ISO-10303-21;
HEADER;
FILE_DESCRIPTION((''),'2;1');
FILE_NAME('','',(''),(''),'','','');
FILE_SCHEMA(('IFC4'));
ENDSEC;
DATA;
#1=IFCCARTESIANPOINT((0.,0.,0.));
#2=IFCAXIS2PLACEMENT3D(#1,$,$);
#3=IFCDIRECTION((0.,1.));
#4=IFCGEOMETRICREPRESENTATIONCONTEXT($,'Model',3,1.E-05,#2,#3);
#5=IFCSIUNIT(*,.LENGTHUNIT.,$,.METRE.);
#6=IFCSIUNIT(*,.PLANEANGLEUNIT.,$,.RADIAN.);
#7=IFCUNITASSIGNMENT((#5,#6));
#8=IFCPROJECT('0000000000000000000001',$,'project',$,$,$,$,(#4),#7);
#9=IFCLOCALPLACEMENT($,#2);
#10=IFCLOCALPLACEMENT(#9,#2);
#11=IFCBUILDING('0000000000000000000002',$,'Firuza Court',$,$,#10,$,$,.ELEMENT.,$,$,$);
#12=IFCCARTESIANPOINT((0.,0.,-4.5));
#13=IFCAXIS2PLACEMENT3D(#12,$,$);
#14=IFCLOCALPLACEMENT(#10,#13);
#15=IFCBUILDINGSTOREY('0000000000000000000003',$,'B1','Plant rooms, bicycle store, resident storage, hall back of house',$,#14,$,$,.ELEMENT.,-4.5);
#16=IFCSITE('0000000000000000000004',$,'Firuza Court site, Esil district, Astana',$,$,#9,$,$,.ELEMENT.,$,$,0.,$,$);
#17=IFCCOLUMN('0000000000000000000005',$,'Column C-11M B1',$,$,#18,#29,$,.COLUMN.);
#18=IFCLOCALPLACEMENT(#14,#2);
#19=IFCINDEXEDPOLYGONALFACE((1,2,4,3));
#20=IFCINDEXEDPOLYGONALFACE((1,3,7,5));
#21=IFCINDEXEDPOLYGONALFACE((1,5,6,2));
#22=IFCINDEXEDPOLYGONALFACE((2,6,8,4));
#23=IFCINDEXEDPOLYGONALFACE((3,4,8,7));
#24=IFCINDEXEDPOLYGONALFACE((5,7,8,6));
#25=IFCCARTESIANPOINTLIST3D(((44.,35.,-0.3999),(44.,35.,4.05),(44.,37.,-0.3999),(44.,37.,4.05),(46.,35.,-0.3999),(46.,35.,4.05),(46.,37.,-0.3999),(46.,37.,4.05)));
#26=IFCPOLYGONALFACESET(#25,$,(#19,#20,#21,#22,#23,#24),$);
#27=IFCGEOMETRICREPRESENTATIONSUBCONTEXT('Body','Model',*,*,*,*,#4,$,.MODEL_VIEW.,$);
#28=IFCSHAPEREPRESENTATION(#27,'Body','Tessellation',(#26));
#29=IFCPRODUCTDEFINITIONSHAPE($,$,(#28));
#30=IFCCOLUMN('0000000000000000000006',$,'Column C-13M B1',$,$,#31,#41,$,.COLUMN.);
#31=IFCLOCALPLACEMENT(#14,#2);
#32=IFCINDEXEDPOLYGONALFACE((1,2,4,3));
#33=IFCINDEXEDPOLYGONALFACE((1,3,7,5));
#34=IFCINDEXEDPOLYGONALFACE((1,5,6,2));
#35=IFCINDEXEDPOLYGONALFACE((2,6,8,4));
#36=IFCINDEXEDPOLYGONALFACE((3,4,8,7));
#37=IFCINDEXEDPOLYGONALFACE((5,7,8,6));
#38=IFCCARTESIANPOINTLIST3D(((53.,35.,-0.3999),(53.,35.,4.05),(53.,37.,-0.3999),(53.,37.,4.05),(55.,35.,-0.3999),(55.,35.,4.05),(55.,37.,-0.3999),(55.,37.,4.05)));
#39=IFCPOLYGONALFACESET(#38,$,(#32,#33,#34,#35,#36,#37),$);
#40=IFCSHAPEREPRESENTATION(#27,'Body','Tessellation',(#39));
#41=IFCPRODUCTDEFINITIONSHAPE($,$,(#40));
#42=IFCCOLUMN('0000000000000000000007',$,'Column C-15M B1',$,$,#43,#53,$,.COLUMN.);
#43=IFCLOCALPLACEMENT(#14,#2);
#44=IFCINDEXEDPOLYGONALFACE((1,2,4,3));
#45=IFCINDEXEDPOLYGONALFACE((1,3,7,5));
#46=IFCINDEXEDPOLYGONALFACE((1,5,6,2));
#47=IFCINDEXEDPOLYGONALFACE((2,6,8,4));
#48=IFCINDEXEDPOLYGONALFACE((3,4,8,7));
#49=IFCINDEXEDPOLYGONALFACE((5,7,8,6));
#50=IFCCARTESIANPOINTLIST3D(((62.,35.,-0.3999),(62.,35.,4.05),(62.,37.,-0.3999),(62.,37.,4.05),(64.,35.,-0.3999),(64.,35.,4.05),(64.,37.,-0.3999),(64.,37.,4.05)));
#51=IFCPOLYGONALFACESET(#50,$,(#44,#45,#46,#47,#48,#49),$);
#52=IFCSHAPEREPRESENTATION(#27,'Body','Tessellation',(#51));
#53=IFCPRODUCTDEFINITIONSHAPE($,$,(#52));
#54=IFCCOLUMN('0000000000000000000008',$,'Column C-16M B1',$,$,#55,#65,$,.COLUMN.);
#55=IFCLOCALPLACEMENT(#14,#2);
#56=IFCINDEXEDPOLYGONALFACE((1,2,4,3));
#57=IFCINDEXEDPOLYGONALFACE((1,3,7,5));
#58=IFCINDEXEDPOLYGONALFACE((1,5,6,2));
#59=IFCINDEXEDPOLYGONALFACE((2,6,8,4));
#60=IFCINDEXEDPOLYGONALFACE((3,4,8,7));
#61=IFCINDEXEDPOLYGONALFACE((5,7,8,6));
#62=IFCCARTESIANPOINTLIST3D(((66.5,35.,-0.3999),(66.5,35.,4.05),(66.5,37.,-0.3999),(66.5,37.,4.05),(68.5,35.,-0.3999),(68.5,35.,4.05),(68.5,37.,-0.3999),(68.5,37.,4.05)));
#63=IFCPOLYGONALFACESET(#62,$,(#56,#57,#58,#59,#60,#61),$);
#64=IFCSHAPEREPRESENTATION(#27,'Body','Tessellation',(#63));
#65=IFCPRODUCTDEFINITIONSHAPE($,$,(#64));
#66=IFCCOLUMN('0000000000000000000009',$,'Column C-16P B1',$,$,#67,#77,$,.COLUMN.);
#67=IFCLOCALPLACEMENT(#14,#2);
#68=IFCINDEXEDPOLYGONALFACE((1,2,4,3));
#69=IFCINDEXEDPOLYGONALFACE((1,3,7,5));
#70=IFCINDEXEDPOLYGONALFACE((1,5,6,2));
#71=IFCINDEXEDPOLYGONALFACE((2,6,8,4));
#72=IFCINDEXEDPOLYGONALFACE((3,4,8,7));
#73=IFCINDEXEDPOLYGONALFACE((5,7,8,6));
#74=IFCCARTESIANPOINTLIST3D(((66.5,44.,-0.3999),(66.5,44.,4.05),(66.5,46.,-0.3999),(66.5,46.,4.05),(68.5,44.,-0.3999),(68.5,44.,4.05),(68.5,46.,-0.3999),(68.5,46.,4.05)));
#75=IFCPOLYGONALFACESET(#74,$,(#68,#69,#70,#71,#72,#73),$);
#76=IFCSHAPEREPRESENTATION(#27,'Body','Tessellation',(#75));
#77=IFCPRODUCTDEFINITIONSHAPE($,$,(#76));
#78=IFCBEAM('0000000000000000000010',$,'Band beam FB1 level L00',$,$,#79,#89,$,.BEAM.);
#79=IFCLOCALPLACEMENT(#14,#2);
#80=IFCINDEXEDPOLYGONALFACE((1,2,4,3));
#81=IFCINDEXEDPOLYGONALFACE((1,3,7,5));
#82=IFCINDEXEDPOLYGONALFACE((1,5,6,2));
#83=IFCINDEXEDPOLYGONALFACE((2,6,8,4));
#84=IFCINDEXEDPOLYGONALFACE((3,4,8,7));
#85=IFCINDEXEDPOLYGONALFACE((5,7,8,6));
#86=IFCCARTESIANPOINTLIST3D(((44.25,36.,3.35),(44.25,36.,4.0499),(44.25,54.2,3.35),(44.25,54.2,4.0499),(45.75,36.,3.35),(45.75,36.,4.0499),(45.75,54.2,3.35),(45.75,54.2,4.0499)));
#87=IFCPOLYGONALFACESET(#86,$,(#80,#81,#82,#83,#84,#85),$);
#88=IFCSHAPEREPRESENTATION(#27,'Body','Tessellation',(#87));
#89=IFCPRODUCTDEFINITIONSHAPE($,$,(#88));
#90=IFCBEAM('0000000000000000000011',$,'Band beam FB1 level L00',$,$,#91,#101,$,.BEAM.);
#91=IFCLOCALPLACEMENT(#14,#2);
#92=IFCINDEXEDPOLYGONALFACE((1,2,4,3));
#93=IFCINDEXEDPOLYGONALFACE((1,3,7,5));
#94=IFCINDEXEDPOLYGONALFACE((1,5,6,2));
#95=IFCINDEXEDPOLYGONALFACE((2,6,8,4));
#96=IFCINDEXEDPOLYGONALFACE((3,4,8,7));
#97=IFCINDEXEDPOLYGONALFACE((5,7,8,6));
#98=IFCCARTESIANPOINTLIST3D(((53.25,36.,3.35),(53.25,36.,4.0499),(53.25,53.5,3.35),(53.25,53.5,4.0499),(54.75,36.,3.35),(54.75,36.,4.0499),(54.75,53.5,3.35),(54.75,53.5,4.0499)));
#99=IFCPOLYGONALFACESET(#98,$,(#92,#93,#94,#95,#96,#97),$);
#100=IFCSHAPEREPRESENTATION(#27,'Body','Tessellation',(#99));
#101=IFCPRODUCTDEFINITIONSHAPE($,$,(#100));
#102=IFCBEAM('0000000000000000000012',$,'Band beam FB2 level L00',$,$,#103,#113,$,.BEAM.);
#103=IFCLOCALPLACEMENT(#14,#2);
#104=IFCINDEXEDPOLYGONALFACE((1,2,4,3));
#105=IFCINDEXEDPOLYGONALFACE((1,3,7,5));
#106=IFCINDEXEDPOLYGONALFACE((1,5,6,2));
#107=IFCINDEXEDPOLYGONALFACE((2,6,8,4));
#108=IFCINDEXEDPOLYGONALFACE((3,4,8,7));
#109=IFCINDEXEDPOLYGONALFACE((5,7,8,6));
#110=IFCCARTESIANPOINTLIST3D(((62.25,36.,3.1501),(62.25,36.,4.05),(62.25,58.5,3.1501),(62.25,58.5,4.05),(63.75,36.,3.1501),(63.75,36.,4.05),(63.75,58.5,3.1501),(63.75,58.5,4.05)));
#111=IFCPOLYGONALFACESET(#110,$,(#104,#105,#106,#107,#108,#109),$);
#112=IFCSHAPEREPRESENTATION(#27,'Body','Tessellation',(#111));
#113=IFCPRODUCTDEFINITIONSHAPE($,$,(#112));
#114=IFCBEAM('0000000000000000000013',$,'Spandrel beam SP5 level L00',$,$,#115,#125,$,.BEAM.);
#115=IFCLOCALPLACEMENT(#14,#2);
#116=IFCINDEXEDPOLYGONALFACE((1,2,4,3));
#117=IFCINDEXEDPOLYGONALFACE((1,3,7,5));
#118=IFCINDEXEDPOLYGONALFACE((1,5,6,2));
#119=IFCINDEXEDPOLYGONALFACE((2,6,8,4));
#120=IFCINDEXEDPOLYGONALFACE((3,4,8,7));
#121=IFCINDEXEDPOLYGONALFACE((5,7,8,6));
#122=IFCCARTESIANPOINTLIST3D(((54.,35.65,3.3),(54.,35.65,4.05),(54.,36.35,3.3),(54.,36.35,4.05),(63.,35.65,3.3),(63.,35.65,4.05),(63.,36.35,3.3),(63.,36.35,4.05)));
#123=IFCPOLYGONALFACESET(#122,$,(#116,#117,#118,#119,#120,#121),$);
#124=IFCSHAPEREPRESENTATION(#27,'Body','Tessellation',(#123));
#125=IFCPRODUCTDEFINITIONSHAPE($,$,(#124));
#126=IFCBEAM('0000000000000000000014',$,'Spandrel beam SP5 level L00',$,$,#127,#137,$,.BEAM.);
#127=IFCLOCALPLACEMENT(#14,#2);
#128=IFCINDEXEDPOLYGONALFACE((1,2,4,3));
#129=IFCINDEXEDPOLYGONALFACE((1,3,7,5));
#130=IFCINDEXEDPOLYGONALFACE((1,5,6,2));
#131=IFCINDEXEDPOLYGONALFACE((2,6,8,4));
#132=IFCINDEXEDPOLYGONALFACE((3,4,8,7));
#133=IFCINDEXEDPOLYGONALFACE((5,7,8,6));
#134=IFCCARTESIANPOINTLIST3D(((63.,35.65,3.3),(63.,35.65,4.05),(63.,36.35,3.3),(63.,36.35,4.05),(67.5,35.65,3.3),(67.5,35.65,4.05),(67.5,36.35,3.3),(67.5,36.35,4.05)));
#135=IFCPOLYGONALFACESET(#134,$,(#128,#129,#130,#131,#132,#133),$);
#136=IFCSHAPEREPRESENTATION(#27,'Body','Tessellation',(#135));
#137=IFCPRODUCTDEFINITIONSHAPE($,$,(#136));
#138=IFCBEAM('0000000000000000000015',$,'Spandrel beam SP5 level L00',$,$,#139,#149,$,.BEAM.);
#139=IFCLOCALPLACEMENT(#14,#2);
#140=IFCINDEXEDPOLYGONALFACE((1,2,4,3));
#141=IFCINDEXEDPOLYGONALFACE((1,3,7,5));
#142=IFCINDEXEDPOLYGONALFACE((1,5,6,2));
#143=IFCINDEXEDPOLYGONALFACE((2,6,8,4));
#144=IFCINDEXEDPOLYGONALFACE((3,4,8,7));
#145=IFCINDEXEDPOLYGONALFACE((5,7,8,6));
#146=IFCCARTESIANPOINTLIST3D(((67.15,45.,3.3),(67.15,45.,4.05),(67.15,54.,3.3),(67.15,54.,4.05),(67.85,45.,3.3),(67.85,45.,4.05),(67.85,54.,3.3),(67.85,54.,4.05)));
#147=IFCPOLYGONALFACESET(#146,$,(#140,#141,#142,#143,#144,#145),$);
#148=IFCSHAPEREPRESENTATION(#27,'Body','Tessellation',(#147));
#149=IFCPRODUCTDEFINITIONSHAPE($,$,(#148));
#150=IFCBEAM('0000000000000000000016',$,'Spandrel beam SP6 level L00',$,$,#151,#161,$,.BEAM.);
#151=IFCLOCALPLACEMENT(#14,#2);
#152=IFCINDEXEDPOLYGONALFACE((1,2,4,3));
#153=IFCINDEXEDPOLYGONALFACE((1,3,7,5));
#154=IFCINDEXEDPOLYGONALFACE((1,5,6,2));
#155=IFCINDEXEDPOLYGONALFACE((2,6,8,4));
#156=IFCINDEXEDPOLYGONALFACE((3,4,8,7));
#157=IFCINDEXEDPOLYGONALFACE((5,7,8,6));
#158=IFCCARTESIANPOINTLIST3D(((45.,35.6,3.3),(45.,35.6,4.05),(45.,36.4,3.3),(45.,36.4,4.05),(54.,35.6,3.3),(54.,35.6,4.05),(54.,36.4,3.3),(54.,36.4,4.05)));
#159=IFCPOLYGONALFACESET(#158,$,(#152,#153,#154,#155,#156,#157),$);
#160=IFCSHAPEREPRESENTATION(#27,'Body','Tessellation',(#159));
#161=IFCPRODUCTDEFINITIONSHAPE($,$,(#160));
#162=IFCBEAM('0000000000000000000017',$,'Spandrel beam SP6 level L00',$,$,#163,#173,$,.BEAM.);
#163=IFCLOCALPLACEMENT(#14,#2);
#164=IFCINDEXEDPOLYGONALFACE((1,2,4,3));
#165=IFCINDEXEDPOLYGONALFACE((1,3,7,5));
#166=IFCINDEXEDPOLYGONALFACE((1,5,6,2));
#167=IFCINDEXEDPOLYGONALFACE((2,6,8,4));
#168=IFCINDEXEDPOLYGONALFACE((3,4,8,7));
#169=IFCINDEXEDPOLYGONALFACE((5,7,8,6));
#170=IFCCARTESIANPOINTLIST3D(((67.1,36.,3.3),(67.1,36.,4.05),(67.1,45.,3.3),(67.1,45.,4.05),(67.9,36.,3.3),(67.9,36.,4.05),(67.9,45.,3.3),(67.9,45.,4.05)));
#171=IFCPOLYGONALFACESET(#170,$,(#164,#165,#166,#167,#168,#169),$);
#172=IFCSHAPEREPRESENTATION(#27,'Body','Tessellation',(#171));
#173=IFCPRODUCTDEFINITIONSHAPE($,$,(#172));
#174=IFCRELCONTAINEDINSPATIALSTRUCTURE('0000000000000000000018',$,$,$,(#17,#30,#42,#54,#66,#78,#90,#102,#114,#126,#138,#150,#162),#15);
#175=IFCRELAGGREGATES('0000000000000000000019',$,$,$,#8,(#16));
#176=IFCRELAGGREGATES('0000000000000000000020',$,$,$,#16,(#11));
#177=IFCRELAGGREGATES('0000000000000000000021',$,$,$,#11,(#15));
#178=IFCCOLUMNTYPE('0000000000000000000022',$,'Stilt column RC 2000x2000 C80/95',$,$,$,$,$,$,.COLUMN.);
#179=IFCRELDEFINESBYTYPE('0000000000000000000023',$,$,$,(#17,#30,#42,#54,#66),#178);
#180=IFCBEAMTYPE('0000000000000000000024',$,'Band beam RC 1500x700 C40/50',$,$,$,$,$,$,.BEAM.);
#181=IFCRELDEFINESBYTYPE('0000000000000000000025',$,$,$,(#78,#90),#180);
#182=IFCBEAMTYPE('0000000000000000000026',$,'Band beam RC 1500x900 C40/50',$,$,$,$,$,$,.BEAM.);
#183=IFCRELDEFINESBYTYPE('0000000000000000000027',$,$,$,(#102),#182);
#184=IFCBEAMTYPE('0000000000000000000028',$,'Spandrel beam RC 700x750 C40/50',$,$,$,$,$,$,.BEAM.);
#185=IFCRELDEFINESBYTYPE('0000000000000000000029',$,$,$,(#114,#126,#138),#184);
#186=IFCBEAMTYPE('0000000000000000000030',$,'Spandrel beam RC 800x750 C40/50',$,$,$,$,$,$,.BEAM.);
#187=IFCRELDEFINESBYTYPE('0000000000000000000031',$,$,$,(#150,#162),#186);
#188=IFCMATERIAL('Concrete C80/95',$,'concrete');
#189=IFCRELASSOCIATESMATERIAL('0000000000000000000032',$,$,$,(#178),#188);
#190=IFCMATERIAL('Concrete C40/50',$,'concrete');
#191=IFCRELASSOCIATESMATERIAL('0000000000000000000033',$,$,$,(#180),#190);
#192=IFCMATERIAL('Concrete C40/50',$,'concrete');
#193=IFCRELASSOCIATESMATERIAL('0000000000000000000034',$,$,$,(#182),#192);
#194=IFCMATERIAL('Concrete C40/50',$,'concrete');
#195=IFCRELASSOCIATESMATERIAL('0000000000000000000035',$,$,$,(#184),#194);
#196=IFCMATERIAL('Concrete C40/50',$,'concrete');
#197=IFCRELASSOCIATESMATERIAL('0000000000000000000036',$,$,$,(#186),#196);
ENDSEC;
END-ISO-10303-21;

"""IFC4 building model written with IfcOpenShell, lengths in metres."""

from ifc_helpers import new_model, si_unit, direction, frame, origin, origin_2d, place, context, subcontext, project, spatial, rectangle, extrude, material, material_profile, profile_set, type_object, element, save


model = new_model("IFC4")

# Units and contexts
model_context = context("Model", 3, precision=1e-05, world=origin(), true_north=direction((0.0, 1.0)))
body_context = subcontext(model_context, "Body", "Model", "MODEL_VIEW")
ifc_project = project(units=[si_unit("LENGTHUNIT", "METRE"), si_unit("PLANEANGLEUNIT", "RADIAN")], contexts=[model_context])

# Site, building, storey
site_placement = place(None, origin())
site = spatial("IfcSite", under=ifc_project, at=site_placement, Name="Firuza Court site, Esil district, Astana", CompositionType="ELEMENT", RefElevation=0.0)
building_placement = place(site_placement, origin())
building = spatial("IfcBuilding", under=site, at=building_placement, Name="Firuza Court", CompositionType="ELEMENT")
storey_placement = place(building_placement, frame((0.0, 0.0, -4.5)))
storey = spatial("IfcBuildingStorey", under=building, at=storey_placement, Name="B1", Description="Plant rooms, bicycle store, resident storage, hall back of house", CompositionType="ELEMENT", Elevation=-4.5)

# Columns
ifc_material_1 = material(Name="Concrete C80/95", Category="concrete")
ifc_material_profile_1 = material_profile(ifc_material_1, rectangle(XDim=2.0, YDim=2.0, at=origin_2d()), Name="RC 2000x2000")
ifc_profile_set_1 = profile_set([ifc_material_profile_1], Name="Concrete C80/95")
column_type = type_object("IfcColumnType", Name="Stilt column RC 2000x2000 C80/95", PredefinedType="COLUMN", material=ifc_profile_set_1)
for number, where, z_axis, x_axis, name in (
    (1, (45.0, 36.0, -0.3999), (0.0, 0.0, 1.0), (1.0, 0.0, 0.0), "Column C-11M B1"),
    (2, (54.0, 36.0, -0.3999), (0.0, 0.0, 1.0), (1.0, 0.0, 0.0), "Column C-13M B1"),
    (3, (63.0, 36.0, -0.3999), (0.0, 0.0, 1.0), (1.0, 0.0, 0.0), "Column C-15M B1"),
    (4, (67.5, 36.0, -0.3999), (0.0, 0.0, 1.0), (1.0, 0.0, 0.0), "Column C-16M B1"),
    (5, (67.5, 45.0, -0.3999), (0.0, 0.0, 1.0), (1.0, 0.0, 0.0), "Column C-16P B1"),
):
    element("IfcColumn", number, at=place(storey_placement, frame(where, z_axis=z_axis, x_axis=x_axis)), inside=storey, type_object=column_type, Name=name, PredefinedType="COLUMN", context=body_context, shape_type="SweptSolid", body=[
        extrude(rectangle(XDim=2.0, YDim=2.0, at=origin_2d()), origin(), (0.0, 0.0, 1.0), 4.45),
    ])

# Beams
ifc_material_2 = material(Name="Concrete C40/50", Category="concrete")
ifc_material_profile_2 = material_profile(ifc_material_2, rectangle(XDim=1.5, YDim=0.7, at=origin_2d()), Name="RC 1500x700")
ifc_profile_set_2 = profile_set([ifc_material_profile_2], Name="Concrete C40/50")
beam_type_1 = type_object("IfcBeamType", Name="Band beam RC 1500x700 C40/50", PredefinedType="BEAM", material=ifc_profile_set_2)
beam_1_placement = place(storey_placement, frame((45.0, 36.0, 3.7), z_axis=(0.0, 1.0, 0.0), x_axis=(-1.0, 0.0, 0.0)))
element("IfcBeam", 6, at=beam_1_placement, inside=storey, type_object=beam_type_1, Name="Band beam FB1 level L00", PredefinedType="BEAM", context=body_context, shape_type="SweptSolid", body=[
    extrude(rectangle(XDim=1.5, YDim=0.7, at=origin_2d()), origin(), (0.0, 0.0, 1.0), 18.2),
])
beam_2_placement = place(storey_placement, frame((54.0, 36.0, 3.7), z_axis=(0.0, 1.0, 0.0), x_axis=(-1.0, 0.0, 0.0)))
element("IfcBeam", 7, at=beam_2_placement, inside=storey, type_object=beam_type_1, Name="Band beam FB1 level L00", PredefinedType="BEAM", context=body_context, shape_type="SweptSolid", body=[
    extrude(rectangle(XDim=1.5, YDim=0.7, at=origin_2d()), origin(), (0.0, 0.0, 1.0), 17.5),
])
ifc_material_3 = material(Name="Concrete C40/50", Category="concrete")
ifc_material_profile_3 = material_profile(ifc_material_3, rectangle(XDim=1.5, YDim=0.8999, at=origin_2d()), Name="RC 1500x900")
ifc_profile_set_3 = profile_set([ifc_material_profile_3], Name="Concrete C40/50")
beam_type_2 = type_object("IfcBeamType", Name="Band beam RC 1500x900 C40/50", PredefinedType="BEAM", material=ifc_profile_set_3)
beam_3_placement = place(storey_placement, frame((63.0, 36.0, 3.6001), z_axis=(0.0, 1.0, 0.0), x_axis=(-1.0, 0.0, 0.0)))
element("IfcBeam", 8, at=beam_3_placement, inside=storey, type_object=beam_type_2, Name="Band beam FB2 level L00", PredefinedType="BEAM", context=body_context, shape_type="SweptSolid", body=[
    extrude(rectangle(XDim=1.5, YDim=0.8999, at=origin_2d()), origin(), (0.0, 0.0, 1.0), 22.5),
])
ifc_material_4 = material(Name="Concrete C40/50", Category="concrete")
ifc_material_profile_4 = material_profile(ifc_material_4, rectangle(XDim=0.7, YDim=0.75, at=origin_2d()), Name="RC 700x750")
ifc_profile_set_4 = profile_set([ifc_material_profile_4], Name="Concrete C40/50")
beam_type_3 = type_object("IfcBeamType", Name="Spandrel beam RC 700x750 C40/50", PredefinedType="BEAM", material=ifc_profile_set_4)
beam_4_placement = place(storey_placement, frame((54.0, 36.0, 3.675), z_axis=(1.0, 0.0, 0.0), x_axis=(0.0, 1.0, 0.0)))
element("IfcBeam", 9, at=beam_4_placement, inside=storey, type_object=beam_type_3, Name="Spandrel beam SP5 level L00", PredefinedType="BEAM", context=body_context, shape_type="SweptSolid", body=[
    extrude(rectangle(XDim=0.7, YDim=0.75, at=origin_2d()), origin(), (0.0, 0.0, 1.0), 9.0),
])
beam_5_placement = place(storey_placement, frame((63.0, 36.0, 3.675), z_axis=(1.0, 0.0, 0.0), x_axis=(0.0, 1.0, 0.0)))
element("IfcBeam", 10, at=beam_5_placement, inside=storey, type_object=beam_type_3, Name="Spandrel beam SP5 level L00", PredefinedType="BEAM", context=body_context, shape_type="SweptSolid", body=[
    extrude(rectangle(XDim=0.7, YDim=0.75, at=origin_2d()), origin(), (0.0, 0.0, 1.0), 4.5),
])
beam_6_placement = place(storey_placement, frame((67.5, 45.0, 3.675), z_axis=(0.0, 1.0, 0.0), x_axis=(-1.0, 0.0, 0.0)))
element("IfcBeam", 11, at=beam_6_placement, inside=storey, type_object=beam_type_3, Name="Spandrel beam SP5 level L00", PredefinedType="BEAM", context=body_context, shape_type="SweptSolid", body=[
    extrude(rectangle(XDim=0.7, YDim=0.75, at=origin_2d()), origin(), (0.0, 0.0, 1.0), 9.0),
])
ifc_material_5 = material(Name="Concrete C40/50", Category="concrete")
ifc_material_profile_5 = material_profile(ifc_material_5, rectangle(XDim=0.8, YDim=0.75, at=origin_2d()), Name="RC 800x750")
ifc_profile_set_5 = profile_set([ifc_material_profile_5], Name="Concrete C40/50")
beam_type_4 = type_object("IfcBeamType", Name="Spandrel beam RC 800x750 C40/50", PredefinedType="BEAM", material=ifc_profile_set_5)
for number, where, z_axis, x_axis, name in (
    (12, (45.0, 36.0, 3.675), (1.0, 0.0, 0.0), (0.0, 1.0, 0.0), "Spandrel beam SP6 level L00"),
    (13, (67.5, 36.0, 3.675), (0.0, 1.0, 0.0), (-1.0, 0.0, 0.0), "Spandrel beam SP6 level L00"),
):
    element("IfcBeam", number, at=place(storey_placement, frame(where, z_axis=z_axis, x_axis=x_axis)), inside=storey, type_object=beam_type_4, Name=name, PredefinedType="BEAM", context=body_context, shape_type="SweptSolid", body=[
        extrude(rectangle(XDim=0.8, YDim=0.75, at=origin_2d()), origin(), (0.0, 0.0, 1.0), 9.0),
    ])

save(model, "model.ifc")
